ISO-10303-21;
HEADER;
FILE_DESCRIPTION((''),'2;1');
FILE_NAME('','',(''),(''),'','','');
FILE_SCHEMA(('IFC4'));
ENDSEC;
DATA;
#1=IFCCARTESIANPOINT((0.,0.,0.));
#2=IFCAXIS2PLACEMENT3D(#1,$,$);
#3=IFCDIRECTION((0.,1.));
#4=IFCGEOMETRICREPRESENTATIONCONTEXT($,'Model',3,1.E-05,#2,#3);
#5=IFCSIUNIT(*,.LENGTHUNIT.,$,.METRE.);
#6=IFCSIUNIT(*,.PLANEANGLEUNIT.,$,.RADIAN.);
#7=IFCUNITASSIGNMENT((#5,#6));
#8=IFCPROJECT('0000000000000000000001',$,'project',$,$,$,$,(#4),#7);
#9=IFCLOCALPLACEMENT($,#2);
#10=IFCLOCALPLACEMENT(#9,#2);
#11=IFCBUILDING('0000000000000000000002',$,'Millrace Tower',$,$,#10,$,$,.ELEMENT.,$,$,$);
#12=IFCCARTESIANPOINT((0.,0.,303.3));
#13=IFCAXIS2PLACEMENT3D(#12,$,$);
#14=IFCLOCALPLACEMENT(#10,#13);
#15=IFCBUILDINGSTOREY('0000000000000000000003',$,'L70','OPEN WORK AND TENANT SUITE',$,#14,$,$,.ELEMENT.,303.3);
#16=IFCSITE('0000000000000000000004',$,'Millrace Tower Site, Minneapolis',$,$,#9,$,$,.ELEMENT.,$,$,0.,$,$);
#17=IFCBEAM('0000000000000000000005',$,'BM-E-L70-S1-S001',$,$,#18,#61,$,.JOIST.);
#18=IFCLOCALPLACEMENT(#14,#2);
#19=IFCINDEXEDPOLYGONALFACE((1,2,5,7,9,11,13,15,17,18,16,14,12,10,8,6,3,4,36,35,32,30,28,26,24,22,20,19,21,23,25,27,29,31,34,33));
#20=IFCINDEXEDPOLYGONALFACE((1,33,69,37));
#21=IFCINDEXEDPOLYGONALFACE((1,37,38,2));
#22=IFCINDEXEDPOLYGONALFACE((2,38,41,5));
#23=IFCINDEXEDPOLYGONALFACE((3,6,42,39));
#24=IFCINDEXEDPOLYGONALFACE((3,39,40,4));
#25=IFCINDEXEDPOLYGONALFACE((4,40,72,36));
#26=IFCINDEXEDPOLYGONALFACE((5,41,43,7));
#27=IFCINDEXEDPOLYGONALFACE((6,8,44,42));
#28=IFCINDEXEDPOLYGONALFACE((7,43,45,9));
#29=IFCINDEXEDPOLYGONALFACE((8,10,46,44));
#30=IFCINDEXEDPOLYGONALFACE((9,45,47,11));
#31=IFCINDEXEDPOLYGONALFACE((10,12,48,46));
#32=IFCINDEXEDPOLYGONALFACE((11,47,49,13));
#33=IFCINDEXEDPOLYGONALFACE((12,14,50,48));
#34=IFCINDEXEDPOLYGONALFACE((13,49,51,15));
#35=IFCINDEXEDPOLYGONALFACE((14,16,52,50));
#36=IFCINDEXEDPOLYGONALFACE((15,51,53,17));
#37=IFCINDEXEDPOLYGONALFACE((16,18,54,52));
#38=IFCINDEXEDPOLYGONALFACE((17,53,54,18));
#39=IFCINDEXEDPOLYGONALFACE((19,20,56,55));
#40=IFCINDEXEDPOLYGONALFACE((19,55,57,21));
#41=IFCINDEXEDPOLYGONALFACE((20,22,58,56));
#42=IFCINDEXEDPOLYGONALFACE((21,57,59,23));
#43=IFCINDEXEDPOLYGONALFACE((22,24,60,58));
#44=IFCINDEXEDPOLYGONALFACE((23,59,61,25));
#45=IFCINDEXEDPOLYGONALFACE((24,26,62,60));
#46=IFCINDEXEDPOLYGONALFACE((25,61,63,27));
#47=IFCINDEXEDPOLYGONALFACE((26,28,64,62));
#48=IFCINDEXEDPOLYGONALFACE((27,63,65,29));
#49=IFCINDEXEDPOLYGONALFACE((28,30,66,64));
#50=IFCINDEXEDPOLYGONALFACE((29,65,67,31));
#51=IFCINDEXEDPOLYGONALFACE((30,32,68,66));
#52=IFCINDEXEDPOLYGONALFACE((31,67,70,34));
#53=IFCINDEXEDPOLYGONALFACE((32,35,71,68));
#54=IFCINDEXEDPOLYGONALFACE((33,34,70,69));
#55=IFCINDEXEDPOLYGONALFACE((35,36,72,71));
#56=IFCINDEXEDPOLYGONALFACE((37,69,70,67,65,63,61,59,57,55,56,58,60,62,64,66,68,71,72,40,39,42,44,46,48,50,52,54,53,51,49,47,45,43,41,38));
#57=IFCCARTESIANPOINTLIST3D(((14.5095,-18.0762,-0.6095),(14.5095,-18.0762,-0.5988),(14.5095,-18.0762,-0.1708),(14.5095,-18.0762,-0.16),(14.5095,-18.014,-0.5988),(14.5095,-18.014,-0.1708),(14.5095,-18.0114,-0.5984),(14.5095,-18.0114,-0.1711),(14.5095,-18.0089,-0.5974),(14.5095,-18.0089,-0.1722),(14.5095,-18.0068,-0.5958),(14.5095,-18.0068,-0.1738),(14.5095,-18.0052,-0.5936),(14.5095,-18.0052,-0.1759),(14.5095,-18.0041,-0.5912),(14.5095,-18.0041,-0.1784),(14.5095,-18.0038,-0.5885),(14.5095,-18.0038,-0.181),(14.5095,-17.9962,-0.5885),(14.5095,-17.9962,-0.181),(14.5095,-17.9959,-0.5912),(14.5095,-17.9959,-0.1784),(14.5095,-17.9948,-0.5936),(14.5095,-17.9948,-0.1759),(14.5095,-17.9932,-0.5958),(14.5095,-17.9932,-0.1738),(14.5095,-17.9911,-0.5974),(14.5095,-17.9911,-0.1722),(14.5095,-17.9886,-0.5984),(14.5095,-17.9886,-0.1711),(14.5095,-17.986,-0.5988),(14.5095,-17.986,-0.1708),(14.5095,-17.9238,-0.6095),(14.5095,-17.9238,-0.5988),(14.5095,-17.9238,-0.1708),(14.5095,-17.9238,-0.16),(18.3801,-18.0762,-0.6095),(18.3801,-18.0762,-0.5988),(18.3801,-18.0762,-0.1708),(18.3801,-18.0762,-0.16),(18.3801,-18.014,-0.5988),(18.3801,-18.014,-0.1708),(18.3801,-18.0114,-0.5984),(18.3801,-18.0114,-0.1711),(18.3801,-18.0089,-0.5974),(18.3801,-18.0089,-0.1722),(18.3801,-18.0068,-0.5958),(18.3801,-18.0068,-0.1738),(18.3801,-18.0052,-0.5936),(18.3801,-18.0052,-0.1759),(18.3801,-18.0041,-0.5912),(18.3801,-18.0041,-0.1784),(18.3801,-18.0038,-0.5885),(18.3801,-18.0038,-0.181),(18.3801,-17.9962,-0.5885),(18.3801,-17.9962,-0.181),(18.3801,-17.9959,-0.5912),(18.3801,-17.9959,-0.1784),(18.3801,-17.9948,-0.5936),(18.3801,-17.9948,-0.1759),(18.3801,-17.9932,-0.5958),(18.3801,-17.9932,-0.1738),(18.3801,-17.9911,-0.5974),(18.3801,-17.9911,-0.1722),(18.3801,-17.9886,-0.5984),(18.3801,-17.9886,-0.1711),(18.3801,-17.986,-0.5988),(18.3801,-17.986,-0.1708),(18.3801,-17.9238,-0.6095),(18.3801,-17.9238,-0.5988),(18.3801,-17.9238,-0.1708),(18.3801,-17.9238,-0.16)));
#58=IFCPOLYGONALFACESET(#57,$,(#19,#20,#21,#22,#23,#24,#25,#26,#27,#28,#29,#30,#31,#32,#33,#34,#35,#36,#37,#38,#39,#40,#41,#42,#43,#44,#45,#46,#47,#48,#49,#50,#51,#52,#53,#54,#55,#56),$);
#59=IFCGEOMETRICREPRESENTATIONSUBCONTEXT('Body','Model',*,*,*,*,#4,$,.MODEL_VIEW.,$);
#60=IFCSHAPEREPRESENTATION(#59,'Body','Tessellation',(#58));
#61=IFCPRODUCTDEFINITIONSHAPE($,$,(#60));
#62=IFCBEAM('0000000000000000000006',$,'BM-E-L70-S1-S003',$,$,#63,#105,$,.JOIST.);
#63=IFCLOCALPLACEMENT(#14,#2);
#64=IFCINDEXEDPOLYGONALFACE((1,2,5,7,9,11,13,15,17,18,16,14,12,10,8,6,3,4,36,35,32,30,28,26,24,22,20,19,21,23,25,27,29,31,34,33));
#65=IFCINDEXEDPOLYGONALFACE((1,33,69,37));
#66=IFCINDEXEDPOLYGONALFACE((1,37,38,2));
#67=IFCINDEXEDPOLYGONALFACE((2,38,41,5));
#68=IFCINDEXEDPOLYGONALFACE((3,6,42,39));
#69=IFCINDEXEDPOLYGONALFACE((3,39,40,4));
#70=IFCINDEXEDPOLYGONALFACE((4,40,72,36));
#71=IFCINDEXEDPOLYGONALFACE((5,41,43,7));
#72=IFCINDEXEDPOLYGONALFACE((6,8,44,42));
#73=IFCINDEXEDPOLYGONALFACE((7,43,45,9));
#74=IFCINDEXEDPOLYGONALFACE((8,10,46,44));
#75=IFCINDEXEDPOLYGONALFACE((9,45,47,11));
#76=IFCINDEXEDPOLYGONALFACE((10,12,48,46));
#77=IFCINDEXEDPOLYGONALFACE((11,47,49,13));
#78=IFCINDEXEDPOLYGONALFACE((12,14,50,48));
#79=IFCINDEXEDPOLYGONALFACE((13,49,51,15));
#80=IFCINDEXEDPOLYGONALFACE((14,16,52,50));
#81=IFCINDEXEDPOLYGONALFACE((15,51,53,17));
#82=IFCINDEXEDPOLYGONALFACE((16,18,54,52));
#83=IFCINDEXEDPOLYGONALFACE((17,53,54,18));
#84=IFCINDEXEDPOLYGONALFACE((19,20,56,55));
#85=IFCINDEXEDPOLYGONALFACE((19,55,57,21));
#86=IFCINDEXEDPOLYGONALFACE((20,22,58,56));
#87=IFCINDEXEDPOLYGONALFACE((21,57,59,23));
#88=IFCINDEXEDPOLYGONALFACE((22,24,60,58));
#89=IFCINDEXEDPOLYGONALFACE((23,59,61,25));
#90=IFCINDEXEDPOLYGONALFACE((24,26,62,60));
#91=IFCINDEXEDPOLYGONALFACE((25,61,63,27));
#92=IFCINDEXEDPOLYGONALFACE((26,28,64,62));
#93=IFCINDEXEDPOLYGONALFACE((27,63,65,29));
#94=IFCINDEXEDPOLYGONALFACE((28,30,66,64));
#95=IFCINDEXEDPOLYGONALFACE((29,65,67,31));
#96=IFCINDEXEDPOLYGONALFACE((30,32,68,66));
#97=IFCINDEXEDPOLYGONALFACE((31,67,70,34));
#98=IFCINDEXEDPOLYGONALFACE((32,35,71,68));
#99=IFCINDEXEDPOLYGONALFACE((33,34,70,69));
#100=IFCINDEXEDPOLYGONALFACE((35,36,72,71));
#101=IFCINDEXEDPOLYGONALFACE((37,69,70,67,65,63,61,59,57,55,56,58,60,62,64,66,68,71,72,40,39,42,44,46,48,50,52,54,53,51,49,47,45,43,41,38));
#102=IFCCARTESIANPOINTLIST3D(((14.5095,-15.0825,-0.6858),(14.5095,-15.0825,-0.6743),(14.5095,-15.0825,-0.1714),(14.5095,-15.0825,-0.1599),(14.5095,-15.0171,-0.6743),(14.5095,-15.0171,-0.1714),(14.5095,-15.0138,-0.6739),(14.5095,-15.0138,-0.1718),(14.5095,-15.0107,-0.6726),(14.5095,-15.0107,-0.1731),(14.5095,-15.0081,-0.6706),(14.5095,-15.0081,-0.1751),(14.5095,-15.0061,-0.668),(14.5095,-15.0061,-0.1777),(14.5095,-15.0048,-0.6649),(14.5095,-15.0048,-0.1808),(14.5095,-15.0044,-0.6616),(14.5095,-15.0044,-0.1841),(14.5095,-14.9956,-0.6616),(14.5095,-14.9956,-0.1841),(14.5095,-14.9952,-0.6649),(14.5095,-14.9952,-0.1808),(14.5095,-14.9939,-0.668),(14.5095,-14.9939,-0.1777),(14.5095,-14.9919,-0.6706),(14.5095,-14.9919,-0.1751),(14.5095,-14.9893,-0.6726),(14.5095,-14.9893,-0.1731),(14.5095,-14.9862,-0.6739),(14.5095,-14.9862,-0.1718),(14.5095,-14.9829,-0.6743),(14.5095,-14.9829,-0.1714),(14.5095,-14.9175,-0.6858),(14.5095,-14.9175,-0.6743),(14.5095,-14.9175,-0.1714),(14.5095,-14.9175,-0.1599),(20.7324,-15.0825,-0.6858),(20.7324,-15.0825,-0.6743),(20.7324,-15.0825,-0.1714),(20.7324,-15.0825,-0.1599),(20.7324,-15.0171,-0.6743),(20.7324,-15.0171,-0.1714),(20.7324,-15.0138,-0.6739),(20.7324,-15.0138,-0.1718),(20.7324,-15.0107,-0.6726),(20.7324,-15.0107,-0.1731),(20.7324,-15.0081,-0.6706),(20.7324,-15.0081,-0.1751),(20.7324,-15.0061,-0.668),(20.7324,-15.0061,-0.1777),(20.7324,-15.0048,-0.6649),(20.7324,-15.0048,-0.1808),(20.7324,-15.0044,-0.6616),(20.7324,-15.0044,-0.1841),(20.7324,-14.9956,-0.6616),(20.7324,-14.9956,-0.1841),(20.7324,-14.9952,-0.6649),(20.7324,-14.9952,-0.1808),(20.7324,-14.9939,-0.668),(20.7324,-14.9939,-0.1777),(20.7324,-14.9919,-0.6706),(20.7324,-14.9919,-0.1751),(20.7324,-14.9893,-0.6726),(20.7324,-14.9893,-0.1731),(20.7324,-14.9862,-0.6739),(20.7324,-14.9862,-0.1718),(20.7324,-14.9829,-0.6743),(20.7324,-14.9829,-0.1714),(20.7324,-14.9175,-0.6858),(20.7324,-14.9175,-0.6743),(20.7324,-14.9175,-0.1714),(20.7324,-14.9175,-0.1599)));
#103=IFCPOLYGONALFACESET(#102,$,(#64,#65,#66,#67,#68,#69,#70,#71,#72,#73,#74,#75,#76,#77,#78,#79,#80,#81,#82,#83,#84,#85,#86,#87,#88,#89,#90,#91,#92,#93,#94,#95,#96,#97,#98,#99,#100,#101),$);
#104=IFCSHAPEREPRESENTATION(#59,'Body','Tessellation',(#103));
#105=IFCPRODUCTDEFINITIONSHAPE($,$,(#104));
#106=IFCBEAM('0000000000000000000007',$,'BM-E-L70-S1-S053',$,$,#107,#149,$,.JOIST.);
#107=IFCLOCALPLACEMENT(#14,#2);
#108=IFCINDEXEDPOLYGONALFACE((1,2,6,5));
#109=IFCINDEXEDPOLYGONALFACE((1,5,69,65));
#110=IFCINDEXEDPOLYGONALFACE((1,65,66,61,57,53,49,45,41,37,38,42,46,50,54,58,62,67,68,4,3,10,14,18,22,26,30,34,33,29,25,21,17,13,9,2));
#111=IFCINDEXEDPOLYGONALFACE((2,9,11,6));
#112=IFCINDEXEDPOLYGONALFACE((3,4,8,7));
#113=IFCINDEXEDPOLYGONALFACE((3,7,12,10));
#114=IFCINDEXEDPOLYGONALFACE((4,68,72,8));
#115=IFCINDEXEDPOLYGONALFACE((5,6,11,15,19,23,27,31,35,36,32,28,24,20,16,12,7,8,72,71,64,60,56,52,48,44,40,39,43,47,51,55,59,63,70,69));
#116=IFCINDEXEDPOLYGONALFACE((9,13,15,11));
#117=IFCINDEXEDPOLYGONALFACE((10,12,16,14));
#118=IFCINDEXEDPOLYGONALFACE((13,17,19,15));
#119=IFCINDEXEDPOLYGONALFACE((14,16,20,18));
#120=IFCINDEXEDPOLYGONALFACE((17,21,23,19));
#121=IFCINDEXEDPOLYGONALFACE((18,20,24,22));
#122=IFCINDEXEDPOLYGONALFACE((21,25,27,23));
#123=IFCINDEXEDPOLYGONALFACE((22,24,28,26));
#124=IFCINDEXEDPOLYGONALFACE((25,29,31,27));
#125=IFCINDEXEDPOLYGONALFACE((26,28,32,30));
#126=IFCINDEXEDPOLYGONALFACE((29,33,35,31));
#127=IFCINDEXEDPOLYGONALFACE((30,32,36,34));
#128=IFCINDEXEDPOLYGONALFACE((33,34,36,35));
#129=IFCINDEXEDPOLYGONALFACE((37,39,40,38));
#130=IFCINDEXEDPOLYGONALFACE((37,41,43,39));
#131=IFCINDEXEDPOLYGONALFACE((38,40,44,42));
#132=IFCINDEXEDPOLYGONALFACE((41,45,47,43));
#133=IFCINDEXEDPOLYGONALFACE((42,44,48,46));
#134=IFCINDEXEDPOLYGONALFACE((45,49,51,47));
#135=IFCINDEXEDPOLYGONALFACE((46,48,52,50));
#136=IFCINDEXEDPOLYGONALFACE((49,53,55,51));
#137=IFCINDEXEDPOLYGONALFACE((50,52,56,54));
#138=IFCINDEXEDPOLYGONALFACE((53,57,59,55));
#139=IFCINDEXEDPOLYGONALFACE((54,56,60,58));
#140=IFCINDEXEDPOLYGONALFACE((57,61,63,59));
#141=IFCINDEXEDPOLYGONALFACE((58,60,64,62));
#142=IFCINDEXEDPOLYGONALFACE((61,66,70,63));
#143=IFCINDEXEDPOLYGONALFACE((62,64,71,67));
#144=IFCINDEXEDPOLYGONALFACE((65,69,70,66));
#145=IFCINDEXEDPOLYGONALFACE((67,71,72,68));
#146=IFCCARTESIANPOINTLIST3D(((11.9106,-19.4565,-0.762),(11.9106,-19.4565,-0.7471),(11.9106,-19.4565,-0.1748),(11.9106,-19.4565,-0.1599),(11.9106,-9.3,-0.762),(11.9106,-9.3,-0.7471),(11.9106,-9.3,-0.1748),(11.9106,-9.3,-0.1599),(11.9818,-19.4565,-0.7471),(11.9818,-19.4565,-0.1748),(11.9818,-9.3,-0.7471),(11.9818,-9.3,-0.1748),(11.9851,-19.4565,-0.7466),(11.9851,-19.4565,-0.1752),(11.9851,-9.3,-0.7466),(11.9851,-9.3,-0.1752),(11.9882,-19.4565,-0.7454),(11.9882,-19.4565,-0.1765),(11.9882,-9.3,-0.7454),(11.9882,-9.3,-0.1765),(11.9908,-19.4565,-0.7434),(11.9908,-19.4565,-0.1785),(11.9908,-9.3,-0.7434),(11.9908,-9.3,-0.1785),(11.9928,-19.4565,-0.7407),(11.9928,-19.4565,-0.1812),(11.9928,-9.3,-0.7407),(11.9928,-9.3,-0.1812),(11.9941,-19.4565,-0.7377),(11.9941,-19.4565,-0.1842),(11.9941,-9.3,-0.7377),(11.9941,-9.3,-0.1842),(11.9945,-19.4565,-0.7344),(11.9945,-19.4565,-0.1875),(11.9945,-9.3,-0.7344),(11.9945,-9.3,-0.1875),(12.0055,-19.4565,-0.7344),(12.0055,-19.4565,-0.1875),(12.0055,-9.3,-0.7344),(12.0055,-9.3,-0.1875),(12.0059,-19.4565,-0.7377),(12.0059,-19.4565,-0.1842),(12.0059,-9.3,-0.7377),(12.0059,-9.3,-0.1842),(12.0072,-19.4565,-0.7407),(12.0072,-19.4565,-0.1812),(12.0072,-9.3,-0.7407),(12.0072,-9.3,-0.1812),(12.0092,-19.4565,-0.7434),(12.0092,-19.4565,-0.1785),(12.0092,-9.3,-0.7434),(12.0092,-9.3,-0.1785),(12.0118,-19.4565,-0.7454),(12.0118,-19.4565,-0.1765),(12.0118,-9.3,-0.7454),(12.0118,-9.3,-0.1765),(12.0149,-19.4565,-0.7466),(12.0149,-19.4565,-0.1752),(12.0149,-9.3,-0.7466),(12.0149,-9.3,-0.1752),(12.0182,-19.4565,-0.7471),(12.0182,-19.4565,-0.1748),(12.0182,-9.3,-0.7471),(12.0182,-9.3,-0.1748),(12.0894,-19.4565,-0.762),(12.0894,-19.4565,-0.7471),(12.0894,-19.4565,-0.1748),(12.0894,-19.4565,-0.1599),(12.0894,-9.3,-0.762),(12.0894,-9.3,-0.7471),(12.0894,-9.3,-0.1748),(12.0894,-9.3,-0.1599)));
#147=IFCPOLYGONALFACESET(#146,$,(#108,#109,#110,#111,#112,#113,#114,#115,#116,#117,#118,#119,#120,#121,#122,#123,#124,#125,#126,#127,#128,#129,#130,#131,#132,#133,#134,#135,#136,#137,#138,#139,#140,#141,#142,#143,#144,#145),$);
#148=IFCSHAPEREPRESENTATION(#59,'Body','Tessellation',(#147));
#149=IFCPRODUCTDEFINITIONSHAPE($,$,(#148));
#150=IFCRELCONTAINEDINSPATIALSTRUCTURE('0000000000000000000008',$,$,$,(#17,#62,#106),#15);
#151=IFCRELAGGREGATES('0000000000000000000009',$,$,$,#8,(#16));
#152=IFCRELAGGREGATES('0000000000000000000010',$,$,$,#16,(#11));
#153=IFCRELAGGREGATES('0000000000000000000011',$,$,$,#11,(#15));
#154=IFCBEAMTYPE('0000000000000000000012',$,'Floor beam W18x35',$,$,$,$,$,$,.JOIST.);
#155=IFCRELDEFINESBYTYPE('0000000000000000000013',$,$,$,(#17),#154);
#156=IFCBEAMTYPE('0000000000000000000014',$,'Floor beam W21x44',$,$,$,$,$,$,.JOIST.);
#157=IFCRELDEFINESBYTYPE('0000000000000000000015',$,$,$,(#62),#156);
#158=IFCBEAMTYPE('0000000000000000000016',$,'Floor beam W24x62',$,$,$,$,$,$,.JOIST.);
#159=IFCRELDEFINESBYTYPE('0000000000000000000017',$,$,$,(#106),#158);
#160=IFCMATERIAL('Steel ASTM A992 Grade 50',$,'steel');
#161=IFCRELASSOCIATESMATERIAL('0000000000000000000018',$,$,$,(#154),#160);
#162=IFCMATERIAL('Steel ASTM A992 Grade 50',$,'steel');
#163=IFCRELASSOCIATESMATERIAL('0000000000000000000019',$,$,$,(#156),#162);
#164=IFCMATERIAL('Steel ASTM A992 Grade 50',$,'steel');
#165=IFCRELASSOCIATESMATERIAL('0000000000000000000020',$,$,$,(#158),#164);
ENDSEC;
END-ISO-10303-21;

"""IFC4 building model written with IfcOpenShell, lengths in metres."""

from ifc_helpers import new_model, si_unit, direction, frame, origin, origin_2d, place, context, subcontext, project, spatial, i_section, extrude, material, material_profile, profile_set, type_object, element, save


model = new_model("IFC4")

# Units and contexts
model_context = context("Model", 3, precision=1e-05, world=origin(), true_north=direction((0.0, 1.0)))
body_context = subcontext(model_context, "Body", "Model", "MODEL_VIEW")
ifc_project = project(units=[si_unit("LENGTHUNIT", "METRE"), si_unit("PLANEANGLEUNIT", "RADIAN")], contexts=[model_context])

# Site, building, storey
site_placement = place(None, origin())
site = spatial("IfcSite", under=ifc_project, at=site_placement, Name="Millrace Tower Site, Minneapolis", CompositionType="ELEMENT", RefElevation=0.0)
building_placement = place(site_placement, origin())
building = spatial("IfcBuilding", under=site, at=building_placement, Name="Millrace Tower", CompositionType="ELEMENT")
storey_placement = place(building_placement, frame((0.0, 0.0, 303.3)))
storey = spatial("IfcBuildingStorey", under=building, at=storey_placement, Name="L70", Description="OPEN WORK AND TENANT SUITE", CompositionType="ELEMENT", Elevation=303.3)

# Beams
ifc_material_1 = material(Name="Steel ASTM A992 Grade 50", Category="steel")
ifc_material_profile_1 = material_profile(ifc_material_1, i_section(OverallWidth=0.1523, OverallDepth=0.4495, WebThickness=0.0076, FlangeThickness=0.0107, FilletRadius=0.0103, at=origin_2d()))
ifc_profile_set_1 = profile_set([ifc_material_profile_1], Name="Steel ASTM A992 Grade 50")
beam_type_1 = type_object("IfcBeamType", Name="Floor beam W18x35", PredefinedType="JOIST", material=ifc_profile_set_1)
beam_1_placement = place(storey_placement, frame((14.5095, -18.0, -0.3848), z_axis=(1.0, 0.0, 0.0), x_axis=(0.0, 1.0, 0.0)))
element("IfcBeam", 1, at=beam_1_placement, inside=storey, type_object=beam_type_1, Name="BM-E-L70-S1-S001", PredefinedType="JOIST", context=body_context, shape_type="SweptSolid", body=[
    extrude(i_section(OverallWidth=0.1523, OverallDepth=0.4495, WebThickness=0.0076, FlangeThickness=0.0107, FilletRadius=0.0103, at=origin_2d()), origin(), (0.0, 0.0, 1.0), 3.8706),
])
ifc_material_2 = material(Name="Steel ASTM A992 Grade 50", Category="steel")
ifc_material_profile_2 = material_profile(ifc_material_2, i_section(OverallWidth=0.165, OverallDepth=0.5259, WebThickness=0.0088, FlangeThickness=0.0115, FilletRadius=0.0127, at=origin_2d()))
ifc_profile_set_2 = profile_set([ifc_material_profile_2], Name="Steel ASTM A992 Grade 50")
beam_type_2 = type_object("IfcBeamType", Name="Floor beam W21x44", PredefinedType="JOIST", material=ifc_profile_set_2)
beam_2_placement = place(storey_placement, frame((14.5095, -15.0, -0.4229), z_axis=(1.0, 0.0, 0.0), x_axis=(0.0, 1.0, 0.0)))
element("IfcBeam", 2, at=beam_2_placement, inside=storey, type_object=beam_type_2, Name="BM-E-L70-S1-S003", PredefinedType="JOIST", context=body_context, shape_type="SweptSolid", body=[
    extrude(i_section(OverallWidth=0.165, OverallDepth=0.5259, WebThickness=0.0088, FlangeThickness=0.0115, FilletRadius=0.0127, at=origin_2d()), origin(), (0.0, 0.0, 1.0), 6.2229),
])
ifc_material_3 = material(Name="Steel ASTM A992 Grade 50", Category="steel")
ifc_material_profile_3 = material_profile(ifc_material_3, i_section(OverallWidth=0.1787, OverallDepth=0.6021, WebThickness=0.011, FlangeThickness=0.0149, FilletRadius=0.0127, at=origin_2d()))
ifc_profile_set_3 = profile_set([ifc_material_profile_3], Name="Steel ASTM A992 Grade 50")
beam_type_3 = type_object("IfcBeamType", Name="Floor beam W24x62", PredefinedType="JOIST", material=ifc_profile_set_3)
beam_3_placement = place(storey_placement, frame((12.0, -19.4565, -0.4609), z_axis=(0.0, 1.0, 0.0), x_axis=(-1.0, 0.0, 0.0)))
element("IfcBeam", 3, at=beam_3_placement, inside=storey, type_object=beam_type_3, Name="BM-E-L70-S1-S053", PredefinedType="JOIST", context=body_context, shape_type="SweptSolid", body=[
    extrude(i_section(OverallWidth=0.1787, OverallDepth=0.6021, WebThickness=0.011, FlangeThickness=0.0149, FilletRadius=0.0127, at=origin_2d()), origin(), (0.0, 0.0, 1.0), 10.1565),
])

save(model, "model.ifc")
